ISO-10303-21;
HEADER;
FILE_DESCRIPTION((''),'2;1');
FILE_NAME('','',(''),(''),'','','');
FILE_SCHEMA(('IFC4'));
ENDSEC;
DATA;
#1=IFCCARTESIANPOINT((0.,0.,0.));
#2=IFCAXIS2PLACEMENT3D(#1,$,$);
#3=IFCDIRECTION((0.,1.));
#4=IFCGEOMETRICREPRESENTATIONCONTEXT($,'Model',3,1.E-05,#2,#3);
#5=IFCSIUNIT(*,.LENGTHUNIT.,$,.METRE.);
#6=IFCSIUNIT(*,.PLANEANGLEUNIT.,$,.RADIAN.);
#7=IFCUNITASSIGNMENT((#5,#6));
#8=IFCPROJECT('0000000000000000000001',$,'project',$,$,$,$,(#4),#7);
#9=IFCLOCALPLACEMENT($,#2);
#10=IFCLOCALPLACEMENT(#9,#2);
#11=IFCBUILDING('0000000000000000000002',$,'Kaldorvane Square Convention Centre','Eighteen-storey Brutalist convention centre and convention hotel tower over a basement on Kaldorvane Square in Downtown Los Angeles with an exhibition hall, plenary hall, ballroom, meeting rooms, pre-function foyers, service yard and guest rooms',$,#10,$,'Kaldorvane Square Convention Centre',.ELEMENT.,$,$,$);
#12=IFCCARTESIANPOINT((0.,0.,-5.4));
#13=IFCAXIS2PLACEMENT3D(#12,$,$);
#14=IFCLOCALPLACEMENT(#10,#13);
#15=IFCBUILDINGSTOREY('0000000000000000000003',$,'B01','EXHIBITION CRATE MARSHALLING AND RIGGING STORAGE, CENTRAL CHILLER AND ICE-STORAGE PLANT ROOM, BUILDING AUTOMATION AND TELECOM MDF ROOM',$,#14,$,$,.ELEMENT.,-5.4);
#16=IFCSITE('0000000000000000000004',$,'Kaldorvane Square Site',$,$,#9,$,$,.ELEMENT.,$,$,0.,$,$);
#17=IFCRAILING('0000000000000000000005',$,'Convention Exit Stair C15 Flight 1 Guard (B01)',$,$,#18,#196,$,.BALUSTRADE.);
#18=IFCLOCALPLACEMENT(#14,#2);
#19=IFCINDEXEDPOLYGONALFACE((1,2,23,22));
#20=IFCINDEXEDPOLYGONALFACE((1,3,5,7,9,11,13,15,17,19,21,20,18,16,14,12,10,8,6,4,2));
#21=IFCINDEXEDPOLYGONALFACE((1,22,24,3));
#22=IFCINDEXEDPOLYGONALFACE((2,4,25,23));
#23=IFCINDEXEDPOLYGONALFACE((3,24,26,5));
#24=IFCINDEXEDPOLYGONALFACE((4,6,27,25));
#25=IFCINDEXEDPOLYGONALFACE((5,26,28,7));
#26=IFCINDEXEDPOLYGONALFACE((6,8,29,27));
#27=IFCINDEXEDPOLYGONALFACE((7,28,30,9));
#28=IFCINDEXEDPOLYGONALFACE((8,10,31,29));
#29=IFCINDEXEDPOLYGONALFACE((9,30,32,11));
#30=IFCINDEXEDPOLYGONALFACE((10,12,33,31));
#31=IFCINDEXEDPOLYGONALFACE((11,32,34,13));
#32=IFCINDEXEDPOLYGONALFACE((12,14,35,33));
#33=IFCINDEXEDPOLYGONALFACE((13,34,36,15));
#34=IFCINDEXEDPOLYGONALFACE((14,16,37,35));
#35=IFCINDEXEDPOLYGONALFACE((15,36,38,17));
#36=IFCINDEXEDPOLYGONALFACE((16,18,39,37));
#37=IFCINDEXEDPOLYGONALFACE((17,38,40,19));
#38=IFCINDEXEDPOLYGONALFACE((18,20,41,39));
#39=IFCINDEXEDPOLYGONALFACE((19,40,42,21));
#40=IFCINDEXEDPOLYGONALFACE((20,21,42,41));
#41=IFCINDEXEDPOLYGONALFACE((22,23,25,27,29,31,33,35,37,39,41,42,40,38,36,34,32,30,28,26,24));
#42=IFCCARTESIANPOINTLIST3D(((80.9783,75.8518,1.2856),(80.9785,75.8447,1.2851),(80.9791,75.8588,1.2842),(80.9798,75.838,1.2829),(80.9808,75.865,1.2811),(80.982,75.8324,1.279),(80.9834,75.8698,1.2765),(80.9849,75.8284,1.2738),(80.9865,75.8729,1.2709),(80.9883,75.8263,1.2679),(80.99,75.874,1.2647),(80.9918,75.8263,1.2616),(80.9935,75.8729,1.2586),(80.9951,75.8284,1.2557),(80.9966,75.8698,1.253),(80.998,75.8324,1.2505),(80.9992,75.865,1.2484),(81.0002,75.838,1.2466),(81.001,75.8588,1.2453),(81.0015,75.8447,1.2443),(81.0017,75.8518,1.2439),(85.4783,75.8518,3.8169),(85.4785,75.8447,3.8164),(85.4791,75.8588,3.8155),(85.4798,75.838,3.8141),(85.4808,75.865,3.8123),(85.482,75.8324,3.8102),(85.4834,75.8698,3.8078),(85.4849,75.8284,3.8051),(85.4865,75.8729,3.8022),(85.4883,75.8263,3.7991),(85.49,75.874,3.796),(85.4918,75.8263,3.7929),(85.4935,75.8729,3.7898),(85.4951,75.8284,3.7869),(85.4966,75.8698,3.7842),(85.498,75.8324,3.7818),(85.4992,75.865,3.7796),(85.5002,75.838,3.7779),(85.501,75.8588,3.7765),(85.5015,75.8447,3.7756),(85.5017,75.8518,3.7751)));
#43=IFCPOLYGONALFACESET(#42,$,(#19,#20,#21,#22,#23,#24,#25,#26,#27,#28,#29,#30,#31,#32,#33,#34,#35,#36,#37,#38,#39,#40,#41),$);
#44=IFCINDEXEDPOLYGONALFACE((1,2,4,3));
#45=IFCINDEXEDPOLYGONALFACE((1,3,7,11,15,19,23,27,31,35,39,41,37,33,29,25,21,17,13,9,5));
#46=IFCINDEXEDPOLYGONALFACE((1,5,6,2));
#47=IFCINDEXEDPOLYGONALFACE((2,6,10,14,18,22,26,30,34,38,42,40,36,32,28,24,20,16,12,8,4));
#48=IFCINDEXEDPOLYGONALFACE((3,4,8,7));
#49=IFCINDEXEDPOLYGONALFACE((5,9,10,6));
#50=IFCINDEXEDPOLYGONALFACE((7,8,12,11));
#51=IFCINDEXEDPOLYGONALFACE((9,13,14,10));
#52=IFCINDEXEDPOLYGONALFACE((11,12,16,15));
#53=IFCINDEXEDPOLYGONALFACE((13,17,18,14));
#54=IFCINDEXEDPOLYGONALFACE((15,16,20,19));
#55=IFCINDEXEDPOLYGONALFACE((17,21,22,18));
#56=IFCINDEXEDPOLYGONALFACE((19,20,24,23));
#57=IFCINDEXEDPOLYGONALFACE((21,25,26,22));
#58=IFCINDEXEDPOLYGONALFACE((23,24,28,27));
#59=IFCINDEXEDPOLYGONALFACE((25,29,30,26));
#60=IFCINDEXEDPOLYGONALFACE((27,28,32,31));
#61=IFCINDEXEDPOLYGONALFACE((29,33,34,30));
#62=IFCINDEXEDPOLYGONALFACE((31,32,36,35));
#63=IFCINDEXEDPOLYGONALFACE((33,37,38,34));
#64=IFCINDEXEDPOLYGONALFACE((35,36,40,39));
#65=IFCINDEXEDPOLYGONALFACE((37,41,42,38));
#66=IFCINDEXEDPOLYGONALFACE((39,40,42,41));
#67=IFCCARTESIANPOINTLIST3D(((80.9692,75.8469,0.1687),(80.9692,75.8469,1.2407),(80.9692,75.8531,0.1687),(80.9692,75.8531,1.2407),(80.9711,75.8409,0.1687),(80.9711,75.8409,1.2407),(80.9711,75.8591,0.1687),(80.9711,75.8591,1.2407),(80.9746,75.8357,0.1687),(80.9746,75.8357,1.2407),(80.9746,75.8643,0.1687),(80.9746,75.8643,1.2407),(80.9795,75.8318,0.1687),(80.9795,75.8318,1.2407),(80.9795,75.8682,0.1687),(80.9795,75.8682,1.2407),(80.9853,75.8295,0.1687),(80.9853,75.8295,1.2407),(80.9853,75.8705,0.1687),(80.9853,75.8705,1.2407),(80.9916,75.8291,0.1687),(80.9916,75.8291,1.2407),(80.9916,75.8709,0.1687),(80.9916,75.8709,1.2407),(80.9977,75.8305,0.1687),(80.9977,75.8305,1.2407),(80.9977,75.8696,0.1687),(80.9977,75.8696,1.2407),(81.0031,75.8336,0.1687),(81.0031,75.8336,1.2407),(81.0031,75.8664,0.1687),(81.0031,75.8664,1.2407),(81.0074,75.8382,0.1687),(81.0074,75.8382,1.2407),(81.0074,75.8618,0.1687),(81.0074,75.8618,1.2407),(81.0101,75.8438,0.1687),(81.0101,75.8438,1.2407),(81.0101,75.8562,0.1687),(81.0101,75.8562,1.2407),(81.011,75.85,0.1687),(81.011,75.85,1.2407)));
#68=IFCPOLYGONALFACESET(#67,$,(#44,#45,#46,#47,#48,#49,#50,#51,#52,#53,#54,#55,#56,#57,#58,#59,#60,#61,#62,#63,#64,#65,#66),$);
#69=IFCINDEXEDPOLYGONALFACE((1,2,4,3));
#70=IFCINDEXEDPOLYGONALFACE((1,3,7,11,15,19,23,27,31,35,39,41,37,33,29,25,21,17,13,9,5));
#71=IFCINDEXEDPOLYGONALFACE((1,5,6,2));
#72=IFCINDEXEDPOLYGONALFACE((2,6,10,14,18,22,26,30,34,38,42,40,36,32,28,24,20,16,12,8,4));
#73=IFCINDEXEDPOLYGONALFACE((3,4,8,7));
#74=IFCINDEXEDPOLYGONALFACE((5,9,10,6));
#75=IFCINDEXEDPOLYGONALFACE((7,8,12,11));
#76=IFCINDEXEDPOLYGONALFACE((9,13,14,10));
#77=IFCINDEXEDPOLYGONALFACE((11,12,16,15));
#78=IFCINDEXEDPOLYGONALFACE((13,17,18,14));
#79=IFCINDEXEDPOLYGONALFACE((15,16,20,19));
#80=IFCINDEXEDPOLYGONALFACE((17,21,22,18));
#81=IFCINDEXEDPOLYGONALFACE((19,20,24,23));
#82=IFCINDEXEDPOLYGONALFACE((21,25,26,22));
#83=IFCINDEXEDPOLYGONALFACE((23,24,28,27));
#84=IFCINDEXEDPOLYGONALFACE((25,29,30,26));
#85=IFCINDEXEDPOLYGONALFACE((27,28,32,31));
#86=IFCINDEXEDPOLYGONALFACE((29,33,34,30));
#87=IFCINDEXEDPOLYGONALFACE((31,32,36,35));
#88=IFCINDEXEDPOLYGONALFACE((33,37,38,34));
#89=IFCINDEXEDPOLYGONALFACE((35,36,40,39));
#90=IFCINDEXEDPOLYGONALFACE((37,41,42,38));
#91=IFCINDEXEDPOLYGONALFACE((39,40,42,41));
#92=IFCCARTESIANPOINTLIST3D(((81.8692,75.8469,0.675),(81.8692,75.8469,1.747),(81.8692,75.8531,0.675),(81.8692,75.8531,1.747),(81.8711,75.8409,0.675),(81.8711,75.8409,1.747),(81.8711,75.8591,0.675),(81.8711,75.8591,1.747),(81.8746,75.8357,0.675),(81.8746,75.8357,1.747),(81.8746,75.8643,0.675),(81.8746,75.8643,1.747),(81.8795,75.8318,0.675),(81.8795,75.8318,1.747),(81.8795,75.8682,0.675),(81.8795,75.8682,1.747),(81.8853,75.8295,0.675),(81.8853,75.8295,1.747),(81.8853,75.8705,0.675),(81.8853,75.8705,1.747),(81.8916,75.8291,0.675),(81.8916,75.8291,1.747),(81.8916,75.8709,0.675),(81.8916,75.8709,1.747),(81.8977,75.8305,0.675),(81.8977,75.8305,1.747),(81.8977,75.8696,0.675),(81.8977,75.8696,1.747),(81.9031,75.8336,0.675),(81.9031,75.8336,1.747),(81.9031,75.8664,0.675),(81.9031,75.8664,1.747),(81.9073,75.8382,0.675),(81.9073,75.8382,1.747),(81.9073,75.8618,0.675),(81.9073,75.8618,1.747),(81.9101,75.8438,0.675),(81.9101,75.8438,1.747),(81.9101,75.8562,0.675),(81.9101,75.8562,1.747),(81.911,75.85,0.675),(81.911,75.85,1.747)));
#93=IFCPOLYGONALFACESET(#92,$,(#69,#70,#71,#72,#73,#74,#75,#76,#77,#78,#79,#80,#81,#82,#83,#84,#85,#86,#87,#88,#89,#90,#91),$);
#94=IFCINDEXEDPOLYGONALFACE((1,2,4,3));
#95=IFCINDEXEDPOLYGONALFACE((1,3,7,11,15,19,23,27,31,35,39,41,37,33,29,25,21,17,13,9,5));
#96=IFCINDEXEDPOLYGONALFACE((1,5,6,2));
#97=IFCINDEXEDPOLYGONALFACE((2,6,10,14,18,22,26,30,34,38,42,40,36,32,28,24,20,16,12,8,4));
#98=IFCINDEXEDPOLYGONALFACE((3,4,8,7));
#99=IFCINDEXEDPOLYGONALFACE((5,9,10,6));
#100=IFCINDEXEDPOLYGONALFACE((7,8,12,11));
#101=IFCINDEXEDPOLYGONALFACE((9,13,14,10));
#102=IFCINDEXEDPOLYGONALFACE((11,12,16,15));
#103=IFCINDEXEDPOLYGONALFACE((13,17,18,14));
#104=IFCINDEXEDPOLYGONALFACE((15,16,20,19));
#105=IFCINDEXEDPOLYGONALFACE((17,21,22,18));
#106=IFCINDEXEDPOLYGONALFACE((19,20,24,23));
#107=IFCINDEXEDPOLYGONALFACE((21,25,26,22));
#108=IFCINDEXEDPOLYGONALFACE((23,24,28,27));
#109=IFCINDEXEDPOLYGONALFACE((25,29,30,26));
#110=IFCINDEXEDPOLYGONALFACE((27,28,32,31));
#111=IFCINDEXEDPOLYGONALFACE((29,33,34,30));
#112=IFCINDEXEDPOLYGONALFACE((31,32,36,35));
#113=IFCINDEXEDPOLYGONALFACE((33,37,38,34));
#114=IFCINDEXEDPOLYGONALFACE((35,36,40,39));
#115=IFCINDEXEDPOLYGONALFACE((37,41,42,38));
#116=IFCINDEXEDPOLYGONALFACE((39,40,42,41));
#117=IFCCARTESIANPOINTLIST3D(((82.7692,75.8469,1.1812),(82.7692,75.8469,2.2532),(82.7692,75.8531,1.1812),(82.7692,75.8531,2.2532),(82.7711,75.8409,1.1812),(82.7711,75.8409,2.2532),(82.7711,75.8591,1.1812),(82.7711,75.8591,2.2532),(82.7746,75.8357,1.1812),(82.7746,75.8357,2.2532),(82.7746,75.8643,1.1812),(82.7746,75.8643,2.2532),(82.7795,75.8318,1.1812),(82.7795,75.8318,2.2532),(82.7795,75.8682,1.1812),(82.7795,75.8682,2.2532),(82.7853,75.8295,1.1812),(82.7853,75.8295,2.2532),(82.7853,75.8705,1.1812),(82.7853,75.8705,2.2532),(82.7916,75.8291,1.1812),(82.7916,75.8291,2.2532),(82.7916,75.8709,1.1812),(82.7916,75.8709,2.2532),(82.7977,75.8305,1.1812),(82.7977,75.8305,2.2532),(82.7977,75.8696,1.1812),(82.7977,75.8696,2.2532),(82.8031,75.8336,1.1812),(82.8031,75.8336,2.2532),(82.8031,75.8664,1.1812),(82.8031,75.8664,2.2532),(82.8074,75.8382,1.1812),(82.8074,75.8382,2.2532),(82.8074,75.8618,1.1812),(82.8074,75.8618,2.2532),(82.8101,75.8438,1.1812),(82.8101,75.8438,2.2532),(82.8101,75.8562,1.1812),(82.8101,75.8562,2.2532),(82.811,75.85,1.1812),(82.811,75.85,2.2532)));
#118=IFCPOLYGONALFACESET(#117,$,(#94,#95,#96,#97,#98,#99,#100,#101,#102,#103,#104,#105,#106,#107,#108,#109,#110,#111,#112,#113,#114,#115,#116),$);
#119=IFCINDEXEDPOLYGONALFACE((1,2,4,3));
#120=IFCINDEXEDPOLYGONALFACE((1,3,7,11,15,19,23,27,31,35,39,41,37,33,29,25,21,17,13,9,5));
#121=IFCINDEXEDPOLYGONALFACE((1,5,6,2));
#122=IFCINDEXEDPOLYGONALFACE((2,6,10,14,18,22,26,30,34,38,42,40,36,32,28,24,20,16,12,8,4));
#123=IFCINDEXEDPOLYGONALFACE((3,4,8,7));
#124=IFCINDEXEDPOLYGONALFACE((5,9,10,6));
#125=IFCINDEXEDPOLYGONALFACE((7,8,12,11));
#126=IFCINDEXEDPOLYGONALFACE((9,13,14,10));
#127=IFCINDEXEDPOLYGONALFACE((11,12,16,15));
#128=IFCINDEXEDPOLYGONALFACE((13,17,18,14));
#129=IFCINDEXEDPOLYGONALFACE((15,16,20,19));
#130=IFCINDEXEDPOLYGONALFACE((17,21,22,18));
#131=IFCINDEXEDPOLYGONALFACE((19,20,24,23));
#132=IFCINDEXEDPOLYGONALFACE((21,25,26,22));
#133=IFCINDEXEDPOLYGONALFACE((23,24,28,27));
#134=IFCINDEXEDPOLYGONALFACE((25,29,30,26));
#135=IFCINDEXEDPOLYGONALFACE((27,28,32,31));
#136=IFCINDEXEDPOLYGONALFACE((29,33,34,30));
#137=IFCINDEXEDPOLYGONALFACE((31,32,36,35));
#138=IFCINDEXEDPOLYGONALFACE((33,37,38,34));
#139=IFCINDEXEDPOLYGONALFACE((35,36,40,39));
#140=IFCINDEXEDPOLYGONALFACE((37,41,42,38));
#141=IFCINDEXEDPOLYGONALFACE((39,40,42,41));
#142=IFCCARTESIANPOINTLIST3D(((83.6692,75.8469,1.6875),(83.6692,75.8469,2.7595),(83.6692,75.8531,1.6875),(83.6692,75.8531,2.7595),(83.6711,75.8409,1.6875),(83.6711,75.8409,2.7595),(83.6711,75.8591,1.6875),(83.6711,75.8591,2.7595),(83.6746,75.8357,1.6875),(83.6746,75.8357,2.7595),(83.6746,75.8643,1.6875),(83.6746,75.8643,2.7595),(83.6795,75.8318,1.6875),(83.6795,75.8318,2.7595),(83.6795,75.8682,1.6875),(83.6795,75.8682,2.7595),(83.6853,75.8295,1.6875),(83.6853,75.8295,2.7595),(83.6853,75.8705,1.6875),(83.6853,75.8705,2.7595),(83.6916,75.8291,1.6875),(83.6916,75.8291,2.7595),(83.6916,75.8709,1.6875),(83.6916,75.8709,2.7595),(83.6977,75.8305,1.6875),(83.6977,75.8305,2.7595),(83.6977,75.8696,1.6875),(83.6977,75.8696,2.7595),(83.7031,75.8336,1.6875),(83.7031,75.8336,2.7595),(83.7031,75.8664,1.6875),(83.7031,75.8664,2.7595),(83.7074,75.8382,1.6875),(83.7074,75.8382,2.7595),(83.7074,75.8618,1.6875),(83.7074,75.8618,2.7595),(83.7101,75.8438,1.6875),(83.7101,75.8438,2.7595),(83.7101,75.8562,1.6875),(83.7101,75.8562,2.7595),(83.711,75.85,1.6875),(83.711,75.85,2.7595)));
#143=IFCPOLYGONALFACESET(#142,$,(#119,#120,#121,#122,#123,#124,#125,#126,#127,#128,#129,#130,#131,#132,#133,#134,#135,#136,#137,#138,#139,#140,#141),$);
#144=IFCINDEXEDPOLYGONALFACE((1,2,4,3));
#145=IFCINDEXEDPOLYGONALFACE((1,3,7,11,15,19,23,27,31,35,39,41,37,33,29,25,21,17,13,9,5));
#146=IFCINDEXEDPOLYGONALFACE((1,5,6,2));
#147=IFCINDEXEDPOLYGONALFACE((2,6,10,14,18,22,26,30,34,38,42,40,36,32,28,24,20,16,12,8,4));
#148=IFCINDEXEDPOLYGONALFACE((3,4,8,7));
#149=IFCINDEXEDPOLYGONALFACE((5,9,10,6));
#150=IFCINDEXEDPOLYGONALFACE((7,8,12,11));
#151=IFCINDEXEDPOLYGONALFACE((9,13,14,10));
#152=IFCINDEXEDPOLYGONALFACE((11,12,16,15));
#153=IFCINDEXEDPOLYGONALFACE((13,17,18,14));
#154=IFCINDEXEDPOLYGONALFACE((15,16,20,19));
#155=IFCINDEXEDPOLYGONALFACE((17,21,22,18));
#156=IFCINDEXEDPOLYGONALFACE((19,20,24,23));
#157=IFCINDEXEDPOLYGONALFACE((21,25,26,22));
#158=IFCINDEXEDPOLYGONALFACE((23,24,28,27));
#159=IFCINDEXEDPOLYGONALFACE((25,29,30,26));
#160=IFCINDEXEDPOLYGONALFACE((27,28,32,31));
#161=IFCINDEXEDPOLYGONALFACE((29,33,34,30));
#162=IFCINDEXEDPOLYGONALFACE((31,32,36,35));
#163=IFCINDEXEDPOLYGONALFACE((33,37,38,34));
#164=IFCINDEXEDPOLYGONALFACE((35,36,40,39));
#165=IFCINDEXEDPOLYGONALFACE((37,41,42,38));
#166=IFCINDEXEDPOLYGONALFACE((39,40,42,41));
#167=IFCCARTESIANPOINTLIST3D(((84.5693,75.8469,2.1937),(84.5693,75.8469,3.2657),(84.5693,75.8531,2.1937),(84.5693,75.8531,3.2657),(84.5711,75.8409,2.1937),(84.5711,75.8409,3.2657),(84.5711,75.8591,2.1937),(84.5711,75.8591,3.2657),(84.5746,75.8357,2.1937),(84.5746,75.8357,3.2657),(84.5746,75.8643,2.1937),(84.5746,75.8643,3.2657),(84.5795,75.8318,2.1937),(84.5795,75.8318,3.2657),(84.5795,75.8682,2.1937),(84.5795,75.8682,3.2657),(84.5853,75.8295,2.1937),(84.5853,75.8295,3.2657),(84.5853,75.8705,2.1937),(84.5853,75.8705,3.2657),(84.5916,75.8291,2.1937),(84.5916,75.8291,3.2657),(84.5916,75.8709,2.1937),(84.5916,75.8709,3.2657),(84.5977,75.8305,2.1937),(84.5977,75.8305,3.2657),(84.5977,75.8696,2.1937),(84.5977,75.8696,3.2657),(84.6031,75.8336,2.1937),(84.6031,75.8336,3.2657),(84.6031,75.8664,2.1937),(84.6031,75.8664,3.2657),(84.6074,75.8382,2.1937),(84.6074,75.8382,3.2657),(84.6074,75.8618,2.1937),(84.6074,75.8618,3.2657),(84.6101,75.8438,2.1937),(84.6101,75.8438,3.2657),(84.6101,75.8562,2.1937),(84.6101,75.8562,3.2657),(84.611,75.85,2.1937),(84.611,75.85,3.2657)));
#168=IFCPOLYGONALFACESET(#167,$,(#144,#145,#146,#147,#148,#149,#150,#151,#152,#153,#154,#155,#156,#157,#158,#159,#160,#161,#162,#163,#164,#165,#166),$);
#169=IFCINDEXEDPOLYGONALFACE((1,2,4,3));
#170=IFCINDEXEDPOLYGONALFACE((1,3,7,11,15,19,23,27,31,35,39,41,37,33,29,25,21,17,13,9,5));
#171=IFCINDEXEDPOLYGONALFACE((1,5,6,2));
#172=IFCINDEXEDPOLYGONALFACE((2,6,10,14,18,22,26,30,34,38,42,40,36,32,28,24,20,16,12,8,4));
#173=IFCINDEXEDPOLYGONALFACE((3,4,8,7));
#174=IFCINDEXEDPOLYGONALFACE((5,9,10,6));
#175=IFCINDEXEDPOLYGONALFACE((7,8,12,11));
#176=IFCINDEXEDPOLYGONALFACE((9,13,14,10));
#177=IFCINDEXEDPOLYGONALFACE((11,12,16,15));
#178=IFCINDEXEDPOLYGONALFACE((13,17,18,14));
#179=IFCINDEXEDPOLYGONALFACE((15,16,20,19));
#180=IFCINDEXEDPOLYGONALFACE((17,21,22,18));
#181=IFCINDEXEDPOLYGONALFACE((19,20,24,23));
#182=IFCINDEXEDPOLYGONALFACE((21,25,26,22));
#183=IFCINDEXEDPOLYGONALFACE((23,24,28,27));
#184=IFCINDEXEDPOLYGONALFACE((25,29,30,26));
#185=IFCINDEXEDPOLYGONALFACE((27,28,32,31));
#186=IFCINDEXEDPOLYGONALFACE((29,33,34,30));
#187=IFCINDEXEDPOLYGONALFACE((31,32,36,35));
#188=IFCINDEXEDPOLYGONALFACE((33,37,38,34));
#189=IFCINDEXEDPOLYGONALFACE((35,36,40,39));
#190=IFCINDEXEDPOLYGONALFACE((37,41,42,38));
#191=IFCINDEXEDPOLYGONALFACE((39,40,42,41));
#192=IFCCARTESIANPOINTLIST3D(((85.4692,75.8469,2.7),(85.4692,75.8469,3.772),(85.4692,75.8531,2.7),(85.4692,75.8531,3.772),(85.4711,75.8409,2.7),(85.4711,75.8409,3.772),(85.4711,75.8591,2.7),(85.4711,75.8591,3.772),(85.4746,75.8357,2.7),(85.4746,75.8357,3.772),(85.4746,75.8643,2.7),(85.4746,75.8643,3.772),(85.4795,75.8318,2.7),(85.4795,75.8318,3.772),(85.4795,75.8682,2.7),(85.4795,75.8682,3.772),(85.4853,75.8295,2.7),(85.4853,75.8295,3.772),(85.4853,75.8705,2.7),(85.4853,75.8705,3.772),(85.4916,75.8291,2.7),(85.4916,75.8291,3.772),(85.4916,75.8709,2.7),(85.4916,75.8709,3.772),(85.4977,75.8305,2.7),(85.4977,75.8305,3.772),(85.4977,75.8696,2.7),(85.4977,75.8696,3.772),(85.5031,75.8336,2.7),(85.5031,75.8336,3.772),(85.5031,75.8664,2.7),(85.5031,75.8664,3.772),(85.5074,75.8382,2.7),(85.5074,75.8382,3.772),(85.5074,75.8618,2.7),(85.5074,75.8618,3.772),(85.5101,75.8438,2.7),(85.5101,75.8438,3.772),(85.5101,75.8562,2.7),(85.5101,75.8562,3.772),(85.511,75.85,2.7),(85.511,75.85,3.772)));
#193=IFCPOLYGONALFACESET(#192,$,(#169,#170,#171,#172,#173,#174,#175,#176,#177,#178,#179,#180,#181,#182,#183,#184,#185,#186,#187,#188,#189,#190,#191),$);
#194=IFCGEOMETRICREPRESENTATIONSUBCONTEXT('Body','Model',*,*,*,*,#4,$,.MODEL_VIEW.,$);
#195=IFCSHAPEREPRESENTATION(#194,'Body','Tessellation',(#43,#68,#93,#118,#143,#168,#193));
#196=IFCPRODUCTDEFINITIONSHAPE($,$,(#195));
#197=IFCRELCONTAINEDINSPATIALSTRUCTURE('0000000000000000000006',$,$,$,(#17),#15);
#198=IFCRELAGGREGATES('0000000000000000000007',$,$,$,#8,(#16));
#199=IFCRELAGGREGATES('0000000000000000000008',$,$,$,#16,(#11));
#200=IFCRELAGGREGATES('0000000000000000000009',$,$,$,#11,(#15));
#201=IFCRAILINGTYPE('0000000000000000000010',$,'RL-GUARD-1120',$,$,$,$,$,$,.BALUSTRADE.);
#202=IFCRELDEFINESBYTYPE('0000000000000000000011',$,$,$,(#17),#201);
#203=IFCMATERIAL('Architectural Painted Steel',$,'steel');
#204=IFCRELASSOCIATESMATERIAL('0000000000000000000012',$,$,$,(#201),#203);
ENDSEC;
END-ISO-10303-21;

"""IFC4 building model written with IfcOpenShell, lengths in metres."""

from ifc_helpers import new_model, si_unit, direction, frame, origin, origin_2d, place, context, subcontext, project, spatial, circle, extrude, material, type_object, element, save


model = new_model("IFC4")

# Units and contexts
model_context = context("Model", 3, precision=1e-05, world=origin(), true_north=direction((0.0, 1.0)))
body_context = subcontext(model_context, "Body", "Model", "MODEL_VIEW")
ifc_project = project(units=[si_unit("LENGTHUNIT", "METRE"), si_unit("PLANEANGLEUNIT", "RADIAN")], contexts=[model_context])

# Site, building, storey
site_placement = place(None, origin())
site = spatial("IfcSite", under=ifc_project, at=site_placement, Name="Kaldorvane Square Site", CompositionType="ELEMENT", RefElevation=0.0)
building_placement = place(site_placement, origin())
building = spatial("IfcBuilding", under=site, at=building_placement, Name="Kaldorvane Square Convention Centre", Description="Eighteen-storey Brutalist convention centre and convention hotel tower over a basement on Kaldorvane Square in Downtown Los Angeles with an exhibition hall, plenary hall, ballroom, meeting rooms, pre-function foyers, service yard and guest rooms", LongName="Kaldorvane Square Convention Centre", CompositionType="ELEMENT")
storey_placement = place(building_placement, frame((0.0, 0.0, -5.4)))
storey = spatial("IfcBuildingStorey", under=building, at=storey_placement, Name="B01", Description="EXHIBITION CRATE MARSHALLING AND RIGGING STORAGE, CENTRAL CHILLER AND ICE-STORAGE PLANT ROOM, BUILDING AUTOMATION AND TELECOM MDF ROOM", CompositionType="ELEMENT", Elevation=-5.4)

# Railing
ifc_material_1 = material(Name="Architectural Painted Steel", Category="steel")
railing_type_1 = type_object("IfcRailingType", Name="RL-GUARD-1120", PredefinedType="BALUSTRADE", material=ifc_material_1)
railing_1_placement = place(storey_placement, frame((80.99, 75.85, 0.1687)))
element("IfcRailing", 1, at=railing_1_placement, inside=storey, type_object=railing_type_1, Name="Convention Exit Stair C15 Flight 1 Guard (B01)", PredefinedType="BALUSTRADE", context=body_context, shape_type="SweptSolid", body=[
    extrude(circle(Radius=0.024, at=origin_2d()), frame((0.0, 0.0, 1.096), z_axis=(0.871576, 0.0, 0.490261), x_axis=(0.0, 1.0, 0.0)), (0.0, 0.0, 1.0), 5.1631),
    extrude(circle(Radius=0.021, at=origin_2d()), origin(), (0.0, 0.0, 1.0), 1.072),
    extrude(circle(Radius=0.021, at=origin_2d()), frame((0.9, 0.0, 0.5063)), (0.0, 0.0, 1.0), 1.072),
    extrude(circle(Radius=0.021, at=origin_2d()), frame((1.8, 0.0, 1.0125)), (0.0, 0.0, 1.0), 1.072),
    extrude(circle(Radius=0.021, at=origin_2d()), frame((2.7, 0.0, 1.5188)), (0.0, 0.0, 1.0), 1.072),
    extrude(circle(Radius=0.021, at=origin_2d()), frame((3.6, 0.0, 2.025)), (0.0, 0.0, 1.0), 1.072),
    extrude(circle(Radius=0.021, at=origin_2d()), frame((4.5, 0.0, 2.5312)), (0.0, 0.0, 1.0), 1.072),
])

save(model, "model.ifc")
